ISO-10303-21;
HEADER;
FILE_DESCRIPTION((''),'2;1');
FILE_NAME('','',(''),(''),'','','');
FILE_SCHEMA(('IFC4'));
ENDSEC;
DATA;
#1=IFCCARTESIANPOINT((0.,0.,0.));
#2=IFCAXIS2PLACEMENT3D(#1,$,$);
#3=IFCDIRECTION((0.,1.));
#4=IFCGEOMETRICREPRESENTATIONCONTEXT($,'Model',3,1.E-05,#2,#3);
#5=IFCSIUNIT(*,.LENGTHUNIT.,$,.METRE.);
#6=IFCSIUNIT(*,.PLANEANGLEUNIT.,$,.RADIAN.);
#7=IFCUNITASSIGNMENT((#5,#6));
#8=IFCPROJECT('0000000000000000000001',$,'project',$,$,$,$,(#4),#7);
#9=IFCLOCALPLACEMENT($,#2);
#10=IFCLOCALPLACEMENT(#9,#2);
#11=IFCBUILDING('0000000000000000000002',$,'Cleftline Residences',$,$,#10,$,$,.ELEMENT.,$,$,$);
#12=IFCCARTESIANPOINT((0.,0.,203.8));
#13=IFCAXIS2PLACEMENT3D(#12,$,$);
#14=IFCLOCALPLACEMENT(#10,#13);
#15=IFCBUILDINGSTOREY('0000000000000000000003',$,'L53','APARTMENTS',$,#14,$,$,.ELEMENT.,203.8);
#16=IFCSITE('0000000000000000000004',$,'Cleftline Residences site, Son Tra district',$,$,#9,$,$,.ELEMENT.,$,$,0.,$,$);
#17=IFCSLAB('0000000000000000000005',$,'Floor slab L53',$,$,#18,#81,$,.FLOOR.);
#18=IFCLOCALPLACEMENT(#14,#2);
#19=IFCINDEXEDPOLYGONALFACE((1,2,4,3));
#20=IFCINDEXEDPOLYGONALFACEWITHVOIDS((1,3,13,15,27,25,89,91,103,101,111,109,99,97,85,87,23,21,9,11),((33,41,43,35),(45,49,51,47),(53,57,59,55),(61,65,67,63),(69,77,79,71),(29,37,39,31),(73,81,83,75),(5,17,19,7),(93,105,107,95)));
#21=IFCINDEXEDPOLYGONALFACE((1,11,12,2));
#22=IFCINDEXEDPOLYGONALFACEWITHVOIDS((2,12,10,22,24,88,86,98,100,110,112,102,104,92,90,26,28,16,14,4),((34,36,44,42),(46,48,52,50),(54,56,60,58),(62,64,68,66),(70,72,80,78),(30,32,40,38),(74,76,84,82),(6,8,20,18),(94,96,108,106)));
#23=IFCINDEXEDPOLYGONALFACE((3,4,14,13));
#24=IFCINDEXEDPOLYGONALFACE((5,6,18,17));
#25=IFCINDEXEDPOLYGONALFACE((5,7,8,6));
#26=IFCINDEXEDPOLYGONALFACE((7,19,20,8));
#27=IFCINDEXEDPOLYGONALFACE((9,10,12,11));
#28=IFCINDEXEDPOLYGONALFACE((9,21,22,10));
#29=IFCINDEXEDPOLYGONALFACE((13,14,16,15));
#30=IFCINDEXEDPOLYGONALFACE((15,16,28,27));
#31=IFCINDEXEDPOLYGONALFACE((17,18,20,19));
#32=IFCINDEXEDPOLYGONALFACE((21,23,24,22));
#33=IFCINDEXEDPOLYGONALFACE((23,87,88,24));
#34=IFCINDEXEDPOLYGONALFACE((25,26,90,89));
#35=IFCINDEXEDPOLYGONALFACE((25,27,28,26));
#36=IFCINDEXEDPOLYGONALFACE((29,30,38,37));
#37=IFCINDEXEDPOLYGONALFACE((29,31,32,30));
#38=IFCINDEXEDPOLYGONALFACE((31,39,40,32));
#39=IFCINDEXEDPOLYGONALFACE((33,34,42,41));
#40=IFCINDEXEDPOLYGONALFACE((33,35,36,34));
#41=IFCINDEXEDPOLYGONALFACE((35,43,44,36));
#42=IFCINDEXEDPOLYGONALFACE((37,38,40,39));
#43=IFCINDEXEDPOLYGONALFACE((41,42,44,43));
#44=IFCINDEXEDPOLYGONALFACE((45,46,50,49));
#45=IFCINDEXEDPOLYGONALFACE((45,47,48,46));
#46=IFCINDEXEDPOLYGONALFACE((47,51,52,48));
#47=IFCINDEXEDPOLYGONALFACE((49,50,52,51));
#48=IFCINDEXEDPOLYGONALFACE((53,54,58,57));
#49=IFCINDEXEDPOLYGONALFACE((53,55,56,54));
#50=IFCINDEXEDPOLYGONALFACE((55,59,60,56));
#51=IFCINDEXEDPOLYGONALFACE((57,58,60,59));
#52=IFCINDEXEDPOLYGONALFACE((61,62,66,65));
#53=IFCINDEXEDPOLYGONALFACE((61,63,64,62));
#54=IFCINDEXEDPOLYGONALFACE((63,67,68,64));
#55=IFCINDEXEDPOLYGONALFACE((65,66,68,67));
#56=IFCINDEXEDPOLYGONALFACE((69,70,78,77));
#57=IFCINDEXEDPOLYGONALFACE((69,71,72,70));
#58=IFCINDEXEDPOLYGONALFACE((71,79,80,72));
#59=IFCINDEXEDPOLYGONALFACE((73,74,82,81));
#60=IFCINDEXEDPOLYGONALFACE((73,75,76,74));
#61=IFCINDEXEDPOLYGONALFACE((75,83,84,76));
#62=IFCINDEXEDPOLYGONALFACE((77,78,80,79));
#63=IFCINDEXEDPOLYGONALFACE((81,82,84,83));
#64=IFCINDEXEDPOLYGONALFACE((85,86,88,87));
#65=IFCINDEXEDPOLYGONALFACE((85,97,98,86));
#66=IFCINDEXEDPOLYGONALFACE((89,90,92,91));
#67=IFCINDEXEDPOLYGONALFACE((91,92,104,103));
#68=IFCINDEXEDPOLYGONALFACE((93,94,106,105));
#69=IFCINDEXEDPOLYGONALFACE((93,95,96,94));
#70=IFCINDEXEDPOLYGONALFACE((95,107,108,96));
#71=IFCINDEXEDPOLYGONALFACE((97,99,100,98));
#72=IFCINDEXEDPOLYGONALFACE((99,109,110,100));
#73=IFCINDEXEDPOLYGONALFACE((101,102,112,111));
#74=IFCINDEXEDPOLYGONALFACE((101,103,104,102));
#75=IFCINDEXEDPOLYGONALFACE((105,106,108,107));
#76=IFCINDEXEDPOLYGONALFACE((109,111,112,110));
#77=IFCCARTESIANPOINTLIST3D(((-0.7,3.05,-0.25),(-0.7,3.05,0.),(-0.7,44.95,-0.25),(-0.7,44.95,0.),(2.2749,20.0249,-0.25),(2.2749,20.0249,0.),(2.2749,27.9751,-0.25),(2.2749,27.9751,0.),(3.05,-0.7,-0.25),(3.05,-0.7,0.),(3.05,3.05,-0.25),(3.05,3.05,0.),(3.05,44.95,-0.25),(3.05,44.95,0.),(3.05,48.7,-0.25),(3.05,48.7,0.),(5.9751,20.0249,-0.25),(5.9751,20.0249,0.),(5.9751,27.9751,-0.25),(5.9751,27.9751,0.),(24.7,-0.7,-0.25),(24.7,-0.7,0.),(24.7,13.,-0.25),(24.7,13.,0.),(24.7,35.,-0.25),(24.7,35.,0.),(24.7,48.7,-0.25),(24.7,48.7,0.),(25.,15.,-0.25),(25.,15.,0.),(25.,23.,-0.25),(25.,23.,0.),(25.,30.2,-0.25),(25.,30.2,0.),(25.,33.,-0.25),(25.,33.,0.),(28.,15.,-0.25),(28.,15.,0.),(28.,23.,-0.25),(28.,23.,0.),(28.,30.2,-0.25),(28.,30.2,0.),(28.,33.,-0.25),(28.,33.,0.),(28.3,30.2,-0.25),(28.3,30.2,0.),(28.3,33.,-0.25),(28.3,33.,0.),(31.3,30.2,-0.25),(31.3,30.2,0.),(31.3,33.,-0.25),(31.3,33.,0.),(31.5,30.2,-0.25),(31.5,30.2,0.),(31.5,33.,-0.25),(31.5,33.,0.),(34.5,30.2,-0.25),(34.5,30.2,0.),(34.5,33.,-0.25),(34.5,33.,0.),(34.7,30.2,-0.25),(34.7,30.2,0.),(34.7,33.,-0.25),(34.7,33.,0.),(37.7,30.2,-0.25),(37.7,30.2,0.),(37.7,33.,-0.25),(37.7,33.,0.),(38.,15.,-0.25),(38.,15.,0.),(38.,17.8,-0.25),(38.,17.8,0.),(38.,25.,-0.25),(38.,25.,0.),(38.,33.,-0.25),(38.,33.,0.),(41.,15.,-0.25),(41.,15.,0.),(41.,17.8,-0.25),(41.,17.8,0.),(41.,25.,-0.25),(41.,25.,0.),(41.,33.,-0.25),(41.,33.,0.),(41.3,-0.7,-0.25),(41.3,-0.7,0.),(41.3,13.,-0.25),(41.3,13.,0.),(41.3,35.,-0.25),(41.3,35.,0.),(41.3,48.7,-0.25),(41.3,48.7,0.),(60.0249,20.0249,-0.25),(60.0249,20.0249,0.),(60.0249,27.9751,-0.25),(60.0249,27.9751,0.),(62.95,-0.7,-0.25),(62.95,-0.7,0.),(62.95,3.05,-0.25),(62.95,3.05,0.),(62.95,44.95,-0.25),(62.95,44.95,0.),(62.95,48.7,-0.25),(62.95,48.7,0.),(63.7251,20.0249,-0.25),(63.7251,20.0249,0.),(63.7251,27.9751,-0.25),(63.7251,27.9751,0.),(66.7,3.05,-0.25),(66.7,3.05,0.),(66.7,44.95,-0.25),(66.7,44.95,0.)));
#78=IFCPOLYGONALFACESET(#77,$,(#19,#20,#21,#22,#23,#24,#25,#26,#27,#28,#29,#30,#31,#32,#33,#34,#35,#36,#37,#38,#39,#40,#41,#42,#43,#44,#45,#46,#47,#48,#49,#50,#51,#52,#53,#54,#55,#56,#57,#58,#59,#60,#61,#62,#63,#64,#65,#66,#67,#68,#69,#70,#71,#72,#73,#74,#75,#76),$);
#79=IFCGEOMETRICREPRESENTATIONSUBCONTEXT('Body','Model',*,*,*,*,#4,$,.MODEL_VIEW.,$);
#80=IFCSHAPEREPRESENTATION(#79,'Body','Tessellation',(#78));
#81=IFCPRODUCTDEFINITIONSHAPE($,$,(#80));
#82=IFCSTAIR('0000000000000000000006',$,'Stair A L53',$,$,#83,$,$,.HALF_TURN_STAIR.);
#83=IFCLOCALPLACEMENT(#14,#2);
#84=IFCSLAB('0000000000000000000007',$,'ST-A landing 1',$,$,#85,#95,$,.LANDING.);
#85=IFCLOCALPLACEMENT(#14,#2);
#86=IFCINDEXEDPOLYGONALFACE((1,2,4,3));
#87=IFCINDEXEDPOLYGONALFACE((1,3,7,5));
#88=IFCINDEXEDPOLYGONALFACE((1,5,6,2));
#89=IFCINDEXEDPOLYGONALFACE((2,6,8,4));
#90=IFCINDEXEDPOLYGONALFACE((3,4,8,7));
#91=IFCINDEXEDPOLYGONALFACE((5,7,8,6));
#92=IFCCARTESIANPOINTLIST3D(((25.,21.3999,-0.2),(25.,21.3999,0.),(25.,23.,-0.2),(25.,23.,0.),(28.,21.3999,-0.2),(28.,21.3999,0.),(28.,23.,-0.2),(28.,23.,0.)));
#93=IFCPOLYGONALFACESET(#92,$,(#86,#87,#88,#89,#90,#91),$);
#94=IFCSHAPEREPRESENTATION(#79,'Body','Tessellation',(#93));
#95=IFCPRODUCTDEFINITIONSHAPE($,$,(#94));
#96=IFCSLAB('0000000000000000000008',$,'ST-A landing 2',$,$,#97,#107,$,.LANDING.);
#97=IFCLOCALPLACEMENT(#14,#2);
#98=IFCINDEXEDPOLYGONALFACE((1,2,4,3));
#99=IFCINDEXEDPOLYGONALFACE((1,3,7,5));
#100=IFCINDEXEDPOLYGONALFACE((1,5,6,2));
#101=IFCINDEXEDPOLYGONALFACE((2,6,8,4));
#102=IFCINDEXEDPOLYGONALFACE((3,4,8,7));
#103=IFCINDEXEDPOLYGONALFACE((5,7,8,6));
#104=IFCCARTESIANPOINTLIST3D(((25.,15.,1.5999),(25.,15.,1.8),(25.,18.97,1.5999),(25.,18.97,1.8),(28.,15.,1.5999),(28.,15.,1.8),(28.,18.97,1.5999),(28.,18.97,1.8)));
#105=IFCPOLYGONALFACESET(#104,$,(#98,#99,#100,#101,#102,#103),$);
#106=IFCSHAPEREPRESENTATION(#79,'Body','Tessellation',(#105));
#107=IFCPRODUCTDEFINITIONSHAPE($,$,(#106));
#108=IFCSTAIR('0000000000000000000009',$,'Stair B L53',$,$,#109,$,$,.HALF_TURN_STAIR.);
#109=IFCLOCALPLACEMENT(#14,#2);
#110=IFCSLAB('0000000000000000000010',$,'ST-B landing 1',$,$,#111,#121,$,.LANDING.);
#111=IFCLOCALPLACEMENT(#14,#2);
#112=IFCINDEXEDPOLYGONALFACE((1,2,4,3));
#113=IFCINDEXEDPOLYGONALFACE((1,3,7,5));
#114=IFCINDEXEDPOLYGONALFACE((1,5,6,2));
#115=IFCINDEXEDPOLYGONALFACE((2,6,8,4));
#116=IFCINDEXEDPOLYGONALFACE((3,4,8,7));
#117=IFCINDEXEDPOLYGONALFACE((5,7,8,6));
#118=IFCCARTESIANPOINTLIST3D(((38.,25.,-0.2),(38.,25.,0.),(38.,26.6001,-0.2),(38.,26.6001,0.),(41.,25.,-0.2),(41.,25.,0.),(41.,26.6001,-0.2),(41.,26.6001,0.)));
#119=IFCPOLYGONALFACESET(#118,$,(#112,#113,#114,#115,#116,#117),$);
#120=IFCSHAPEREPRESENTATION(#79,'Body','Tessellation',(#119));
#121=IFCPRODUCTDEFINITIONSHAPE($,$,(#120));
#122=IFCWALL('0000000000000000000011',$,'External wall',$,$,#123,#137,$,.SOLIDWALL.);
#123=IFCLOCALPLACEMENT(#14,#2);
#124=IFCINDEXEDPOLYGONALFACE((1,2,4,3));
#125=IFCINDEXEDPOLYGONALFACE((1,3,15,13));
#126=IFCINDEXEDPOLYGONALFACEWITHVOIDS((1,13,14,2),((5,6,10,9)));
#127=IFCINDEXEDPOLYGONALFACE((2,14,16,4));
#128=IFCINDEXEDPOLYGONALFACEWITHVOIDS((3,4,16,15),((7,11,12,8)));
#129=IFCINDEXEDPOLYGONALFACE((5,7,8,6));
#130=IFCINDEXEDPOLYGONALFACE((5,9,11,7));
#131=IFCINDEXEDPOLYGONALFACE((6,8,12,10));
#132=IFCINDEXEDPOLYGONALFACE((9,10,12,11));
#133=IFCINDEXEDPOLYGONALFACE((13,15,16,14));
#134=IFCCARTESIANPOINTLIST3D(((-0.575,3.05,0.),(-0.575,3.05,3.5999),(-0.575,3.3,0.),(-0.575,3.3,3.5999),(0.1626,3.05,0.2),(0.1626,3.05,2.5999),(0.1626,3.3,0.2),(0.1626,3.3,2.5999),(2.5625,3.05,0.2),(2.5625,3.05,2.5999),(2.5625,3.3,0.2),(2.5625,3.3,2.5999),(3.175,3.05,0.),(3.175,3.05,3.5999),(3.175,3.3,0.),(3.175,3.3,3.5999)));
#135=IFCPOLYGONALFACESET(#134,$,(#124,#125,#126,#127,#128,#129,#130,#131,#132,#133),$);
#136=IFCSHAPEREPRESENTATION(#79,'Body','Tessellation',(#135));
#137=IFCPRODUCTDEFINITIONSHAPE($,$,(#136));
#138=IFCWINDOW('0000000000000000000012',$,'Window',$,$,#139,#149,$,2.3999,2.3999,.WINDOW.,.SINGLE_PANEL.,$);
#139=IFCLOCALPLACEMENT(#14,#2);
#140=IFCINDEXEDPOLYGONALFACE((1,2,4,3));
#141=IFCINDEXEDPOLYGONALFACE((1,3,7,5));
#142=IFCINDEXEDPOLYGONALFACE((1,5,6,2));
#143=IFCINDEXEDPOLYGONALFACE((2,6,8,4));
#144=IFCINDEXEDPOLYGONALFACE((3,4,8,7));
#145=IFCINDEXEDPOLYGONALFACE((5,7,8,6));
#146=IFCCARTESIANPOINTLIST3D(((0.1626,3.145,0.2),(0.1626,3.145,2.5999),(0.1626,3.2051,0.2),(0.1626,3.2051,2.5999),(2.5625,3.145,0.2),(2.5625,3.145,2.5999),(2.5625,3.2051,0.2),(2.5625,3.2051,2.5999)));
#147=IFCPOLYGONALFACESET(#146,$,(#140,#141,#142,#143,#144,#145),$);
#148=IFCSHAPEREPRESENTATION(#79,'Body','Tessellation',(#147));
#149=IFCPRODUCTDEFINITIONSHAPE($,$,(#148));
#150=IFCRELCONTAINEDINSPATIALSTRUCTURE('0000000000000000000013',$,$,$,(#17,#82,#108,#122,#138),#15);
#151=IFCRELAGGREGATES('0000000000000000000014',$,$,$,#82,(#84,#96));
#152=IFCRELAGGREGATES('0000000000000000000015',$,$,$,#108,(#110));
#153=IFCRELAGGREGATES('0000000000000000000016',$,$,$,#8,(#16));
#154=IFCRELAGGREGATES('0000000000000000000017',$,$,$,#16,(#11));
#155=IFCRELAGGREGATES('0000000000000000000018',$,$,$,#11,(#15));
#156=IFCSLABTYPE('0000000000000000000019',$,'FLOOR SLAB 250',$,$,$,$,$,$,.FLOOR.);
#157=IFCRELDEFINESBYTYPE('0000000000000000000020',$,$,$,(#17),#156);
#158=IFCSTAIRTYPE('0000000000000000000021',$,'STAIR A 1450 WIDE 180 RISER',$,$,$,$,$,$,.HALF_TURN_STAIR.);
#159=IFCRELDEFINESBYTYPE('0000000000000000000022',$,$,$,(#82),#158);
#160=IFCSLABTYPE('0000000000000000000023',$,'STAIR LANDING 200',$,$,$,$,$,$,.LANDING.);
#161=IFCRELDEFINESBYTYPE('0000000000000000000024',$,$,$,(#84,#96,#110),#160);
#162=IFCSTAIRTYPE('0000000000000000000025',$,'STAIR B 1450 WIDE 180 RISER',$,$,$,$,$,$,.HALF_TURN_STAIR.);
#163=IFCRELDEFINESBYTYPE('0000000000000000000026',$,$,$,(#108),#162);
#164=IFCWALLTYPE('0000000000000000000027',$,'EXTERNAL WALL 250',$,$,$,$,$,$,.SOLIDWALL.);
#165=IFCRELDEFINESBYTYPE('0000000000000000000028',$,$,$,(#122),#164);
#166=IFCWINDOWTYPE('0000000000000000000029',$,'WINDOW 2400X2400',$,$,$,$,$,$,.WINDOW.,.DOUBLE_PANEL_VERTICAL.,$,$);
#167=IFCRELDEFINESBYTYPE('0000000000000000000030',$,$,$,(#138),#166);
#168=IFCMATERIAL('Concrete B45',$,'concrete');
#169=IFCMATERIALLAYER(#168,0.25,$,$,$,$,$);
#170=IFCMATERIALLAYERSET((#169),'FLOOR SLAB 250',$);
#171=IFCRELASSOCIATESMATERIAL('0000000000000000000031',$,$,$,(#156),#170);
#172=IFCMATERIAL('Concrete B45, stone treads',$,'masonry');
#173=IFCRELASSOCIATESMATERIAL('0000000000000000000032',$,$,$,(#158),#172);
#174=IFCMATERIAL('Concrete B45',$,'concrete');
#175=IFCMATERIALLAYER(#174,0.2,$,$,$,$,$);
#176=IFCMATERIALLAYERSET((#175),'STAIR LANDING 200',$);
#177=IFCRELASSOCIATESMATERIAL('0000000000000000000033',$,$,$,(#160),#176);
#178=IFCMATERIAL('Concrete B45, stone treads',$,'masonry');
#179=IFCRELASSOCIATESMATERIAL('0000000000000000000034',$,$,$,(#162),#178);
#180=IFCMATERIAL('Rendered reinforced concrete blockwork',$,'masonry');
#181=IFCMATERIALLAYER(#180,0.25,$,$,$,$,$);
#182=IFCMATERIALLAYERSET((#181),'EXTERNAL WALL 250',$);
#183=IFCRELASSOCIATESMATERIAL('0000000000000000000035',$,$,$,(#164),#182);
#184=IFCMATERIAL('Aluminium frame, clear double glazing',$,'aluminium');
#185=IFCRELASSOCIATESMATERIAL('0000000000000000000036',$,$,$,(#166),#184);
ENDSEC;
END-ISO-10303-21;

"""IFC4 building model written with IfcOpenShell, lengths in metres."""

from ifc_helpers import new_model, si_unit, direction, frame, frame_2d, origin, place, context, subcontext, project, spatial, polyline, rectangle, outline, extrude, material, layer, layer_set, type_object, element, fill, aggregate, save


model = new_model("IFC4")

# Units and contexts
model_context = context("Model", 3, precision=1e-05, world=origin(), true_north=direction((0.0, 1.0)))
body_context = subcontext(model_context, "Body", "Model", "MODEL_VIEW")
ifc_project = project(units=[si_unit("LENGTHUNIT", "METRE"), si_unit("PLANEANGLEUNIT", "RADIAN")], contexts=[model_context])

# Site, building, storey
site_placement = place(None, origin())
site = spatial("IfcSite", under=ifc_project, at=site_placement, Name="Cleftline Residences site, Son Tra district", CompositionType="ELEMENT", RefElevation=0.0)
building_placement = place(site_placement, origin())
building = spatial("IfcBuilding", under=site, at=building_placement, Name="Cleftline Residences", CompositionType="ELEMENT")
storey_placement = place(building_placement, frame((0.0, 0.0, 203.8)))
storey = spatial("IfcBuildingStorey", under=building, at=storey_placement, Name="L53", Description="APARTMENTS", CompositionType="ELEMENT", Elevation=203.8)

# Slab
ifc_material_1 = material(Name="Concrete B45", Category="concrete")
ifc_layer_1 = layer(ifc_material_1, 0.25)
ifc_layer_set_1 = layer_set([ifc_layer_1], Name="FLOOR SLAB 250")
slab_type_1 = type_object("IfcSlabType", Name="FLOOR SLAB 250", PredefinedType="FLOOR", material=ifc_layer_set_1)
slab_1_placement = place(storey_placement, frame((0.0, 0.0, -0.25)))
element("IfcSlab", 1, at=slab_1_placement, inside=storey, type_object=slab_type_1, Name="Floor slab L53", PredefinedType="FLOOR", context=body_context, shape_type="SweptSolid", body=[
    extrude(outline(polyline([(24.7, 13.0), (41.3, 13.0), (41.3, -0.7), (62.95, -0.7), (62.95, 3.05), (66.7, 3.05), (66.7, 44.95), (62.95, 44.95), (62.95, 48.7), (41.3, 48.7), (41.3, 35.0), (24.7, 35.0), (24.7, 48.7), (3.05, 48.7), (3.05, 44.95), (-0.7, 44.95), (-0.7, 3.05), (3.05, 3.05), (3.05, -0.7), (24.7, -0.7), (24.7, 13.0)]), holes=[polyline([(28.0, 15.0), (28.0, 23.0), (25.0, 23.0), (25.0, 15.0), (28.0, 15.0)]), polyline([(41.0, 25.0), (41.0, 33.0), (38.0, 33.0), (38.0, 25.0), (41.0, 25.0)]), polyline([(28.0, 30.2), (28.0, 33.0), (25.0, 33.0), (25.0, 30.2), (28.0, 30.2)]), polyline([(41.0, 15.0), (41.0, 17.8), (38.0, 17.8), (38.0, 15.0), (41.0, 15.0)]), polyline([(31.3, 30.2), (31.3, 33.0), (28.3, 33.0), (28.3, 30.2), (31.3, 30.2)]), polyline([(34.5, 30.2), (34.5, 33.0), (31.5, 33.0), (31.5, 30.2), (34.5, 30.2)]), polyline([(37.7, 30.2), (37.7, 33.0), (34.7, 33.0), (34.7, 30.2), (37.7, 30.2)]), polyline([(63.7251, 20.0249), (63.7251, 27.9751), (60.0249, 27.9751), (60.0249, 20.0249), (63.7251, 20.0249)]), polyline([(5.9751, 20.0249), (5.9751, 27.9751), (2.2749, 27.9751), (2.2749, 20.0249), (5.9751, 20.0249)])]), origin(), (0.0, 0.0, 1.0), 0.25),
])

# Stair, slabs
ifc_material_2 = material(Name="Concrete B45, stone treads", Category="masonry")
stair_type_1 = type_object("IfcStairType", Name="STAIR A 1450 WIDE 180 RISER", PredefinedType="HALF_TURN_STAIR", material=ifc_material_2)
stair_1_placement = place(storey_placement, origin())
stair_1 = element("IfcStair", 2, at=stair_1_placement, inside=storey, type_object=stair_type_1, Name="Stair A L53", PredefinedType="HALF_TURN_STAIR")
ifc_material_3 = material(Name="Concrete B45", Category="concrete")
ifc_layer_2 = layer(ifc_material_3, 0.2)
ifc_layer_set_2 = layer_set([ifc_layer_2], Name="STAIR LANDING 200")
slab_type_2 = type_object("IfcSlabType", Name="STAIR LANDING 200", PredefinedType="LANDING", material=ifc_layer_set_2)
slab_2_placement = place(storey_placement, frame((0.0, 0.0, -0.2)))
slab_2 = element("IfcSlab", 3, at=slab_2_placement, type_object=slab_type_2, Name="ST-A landing 1", PredefinedType="LANDING", context=body_context, shape_type="SweptSolid", body=[
    extrude(outline(polyline([(25.0, 21.3999), (28.0, 21.3999), (28.0, 23.0), (25.0, 23.0), (25.0, 21.3999)])), origin(), (0.0, 0.0, 1.0), 0.2),
])
slab_3_placement = place(storey_placement, frame((0.0, 0.0, 1.5999)))
slab_3 = element("IfcSlab", 4, at=slab_3_placement, type_object=slab_type_2, Name="ST-A landing 2", PredefinedType="LANDING", context=body_context, shape_type="SweptSolid", body=[
    extrude(outline(polyline([(25.0, 15.0), (28.0, 15.0), (28.0, 18.97), (25.0, 18.97), (25.0, 15.0)])), origin(), (0.0, 0.0, 1.0), 0.2002),
])
aggregate(stair_1, [slab_2, slab_3])

# Stair, slab
ifc_material_4 = material(Name="Concrete B45, stone treads", Category="masonry")
stair_type_2 = type_object("IfcStairType", Name="STAIR B 1450 WIDE 180 RISER", PredefinedType="HALF_TURN_STAIR", material=ifc_material_4)
stair_2_placement = place(storey_placement, origin())
stair_2 = element("IfcStair", 5, at=stair_2_placement, inside=storey, type_object=stair_type_2, Name="Stair B L53", PredefinedType="HALF_TURN_STAIR")
slab_4_placement = place(storey_placement, frame((0.0, 0.0, -0.2)))
slab_4 = element("IfcSlab", 6, at=slab_4_placement, type_object=slab_type_2, Name="ST-B landing 1", PredefinedType="LANDING", context=body_context, shape_type="SweptSolid", body=[
    extrude(outline(polyline([(38.0, 25.0), (41.0, 25.0), (41.0, 26.6001), (38.0, 26.6001), (38.0, 25.0)])), origin(), (0.0, 0.0, 1.0), 0.2),
])
aggregate(stair_2, [slab_4])

# Wall, opening, window
ifc_material_5 = material(Name="Rendered reinforced concrete blockwork", Category="masonry")
ifc_layer_3 = layer(ifc_material_5, 0.25)
ifc_layer_set_3 = layer_set([ifc_layer_3], Name="EXTERNAL WALL 250")
wall_type = type_object("IfcWallType", Name="EXTERNAL WALL 250", PredefinedType="SOLIDWALL", material=ifc_layer_set_3)
wall_placement = place(storey_placement, frame((-0.575, 3.175, 0.0), z_axis=(0.0, 0.0, 1.0), x_axis=(1.0, 0.0, 0.0)))
wall = element("IfcWall", 7, at=wall_placement, inside=storey, type_object=wall_type, Name="External wall", PredefinedType="SOLIDWALL", context=body_context, shape_type="SweptSolid", body=[
    extrude(rectangle(XDim=3.75, YDim=0.25, at=frame_2d((1.875, 0.0))), origin(), (0.0, 0.0, 1.0), 3.5999),
])
opening_placement = place(wall_placement, frame((0.7375, 0.0, 0.2)))
opening = element("IfcOpeningElement", 8, at=opening_placement, cuts=wall, PredefinedType="OPENING", context=body_context, shape_type="SweptSolid", body=[
    extrude(rectangle(XDim=2.3999, YDim=2.3999, at=frame_2d((1.2, 1.2))), frame((0.0, 0.135, 0.0), z_axis=(0.0, -1.0, 0.0), x_axis=(1.0, 0.0, 0.0)), (0.0, 0.0, 1.0), 0.27),
])
ifc_material_6 = material(Name="Aluminium frame, clear double glazing", Category="aluminium")
window_type = type_object("IfcWindowType", Name="WINDOW 2400X2400", PartitioningType="DOUBLE_PANEL_VERTICAL", PredefinedType="WINDOW", material=ifc_material_6)
window_placement = place(opening_placement, origin())
window = element("IfcWindow", 9, at=window_placement, inside=storey, type_object=window_type, Name="Window", OverallHeight=2.3999, OverallWidth=2.3999, PartitioningType="SINGLE_PANEL", PredefinedType="WINDOW", context=body_context, shape_type="SweptSolid", body=[
    extrude(rectangle(XDim=2.3999, YDim=2.3999, at=frame_2d((1.2, 1.2))), frame((0.0, 0.03, 0.0), z_axis=(0.0, -1.0, 0.0), x_axis=(1.0, 0.0, 0.0)), (0.0, 0.0, 1.0), 0.0601),
])
fill(opening, window)

save(model, "model.ifc")
